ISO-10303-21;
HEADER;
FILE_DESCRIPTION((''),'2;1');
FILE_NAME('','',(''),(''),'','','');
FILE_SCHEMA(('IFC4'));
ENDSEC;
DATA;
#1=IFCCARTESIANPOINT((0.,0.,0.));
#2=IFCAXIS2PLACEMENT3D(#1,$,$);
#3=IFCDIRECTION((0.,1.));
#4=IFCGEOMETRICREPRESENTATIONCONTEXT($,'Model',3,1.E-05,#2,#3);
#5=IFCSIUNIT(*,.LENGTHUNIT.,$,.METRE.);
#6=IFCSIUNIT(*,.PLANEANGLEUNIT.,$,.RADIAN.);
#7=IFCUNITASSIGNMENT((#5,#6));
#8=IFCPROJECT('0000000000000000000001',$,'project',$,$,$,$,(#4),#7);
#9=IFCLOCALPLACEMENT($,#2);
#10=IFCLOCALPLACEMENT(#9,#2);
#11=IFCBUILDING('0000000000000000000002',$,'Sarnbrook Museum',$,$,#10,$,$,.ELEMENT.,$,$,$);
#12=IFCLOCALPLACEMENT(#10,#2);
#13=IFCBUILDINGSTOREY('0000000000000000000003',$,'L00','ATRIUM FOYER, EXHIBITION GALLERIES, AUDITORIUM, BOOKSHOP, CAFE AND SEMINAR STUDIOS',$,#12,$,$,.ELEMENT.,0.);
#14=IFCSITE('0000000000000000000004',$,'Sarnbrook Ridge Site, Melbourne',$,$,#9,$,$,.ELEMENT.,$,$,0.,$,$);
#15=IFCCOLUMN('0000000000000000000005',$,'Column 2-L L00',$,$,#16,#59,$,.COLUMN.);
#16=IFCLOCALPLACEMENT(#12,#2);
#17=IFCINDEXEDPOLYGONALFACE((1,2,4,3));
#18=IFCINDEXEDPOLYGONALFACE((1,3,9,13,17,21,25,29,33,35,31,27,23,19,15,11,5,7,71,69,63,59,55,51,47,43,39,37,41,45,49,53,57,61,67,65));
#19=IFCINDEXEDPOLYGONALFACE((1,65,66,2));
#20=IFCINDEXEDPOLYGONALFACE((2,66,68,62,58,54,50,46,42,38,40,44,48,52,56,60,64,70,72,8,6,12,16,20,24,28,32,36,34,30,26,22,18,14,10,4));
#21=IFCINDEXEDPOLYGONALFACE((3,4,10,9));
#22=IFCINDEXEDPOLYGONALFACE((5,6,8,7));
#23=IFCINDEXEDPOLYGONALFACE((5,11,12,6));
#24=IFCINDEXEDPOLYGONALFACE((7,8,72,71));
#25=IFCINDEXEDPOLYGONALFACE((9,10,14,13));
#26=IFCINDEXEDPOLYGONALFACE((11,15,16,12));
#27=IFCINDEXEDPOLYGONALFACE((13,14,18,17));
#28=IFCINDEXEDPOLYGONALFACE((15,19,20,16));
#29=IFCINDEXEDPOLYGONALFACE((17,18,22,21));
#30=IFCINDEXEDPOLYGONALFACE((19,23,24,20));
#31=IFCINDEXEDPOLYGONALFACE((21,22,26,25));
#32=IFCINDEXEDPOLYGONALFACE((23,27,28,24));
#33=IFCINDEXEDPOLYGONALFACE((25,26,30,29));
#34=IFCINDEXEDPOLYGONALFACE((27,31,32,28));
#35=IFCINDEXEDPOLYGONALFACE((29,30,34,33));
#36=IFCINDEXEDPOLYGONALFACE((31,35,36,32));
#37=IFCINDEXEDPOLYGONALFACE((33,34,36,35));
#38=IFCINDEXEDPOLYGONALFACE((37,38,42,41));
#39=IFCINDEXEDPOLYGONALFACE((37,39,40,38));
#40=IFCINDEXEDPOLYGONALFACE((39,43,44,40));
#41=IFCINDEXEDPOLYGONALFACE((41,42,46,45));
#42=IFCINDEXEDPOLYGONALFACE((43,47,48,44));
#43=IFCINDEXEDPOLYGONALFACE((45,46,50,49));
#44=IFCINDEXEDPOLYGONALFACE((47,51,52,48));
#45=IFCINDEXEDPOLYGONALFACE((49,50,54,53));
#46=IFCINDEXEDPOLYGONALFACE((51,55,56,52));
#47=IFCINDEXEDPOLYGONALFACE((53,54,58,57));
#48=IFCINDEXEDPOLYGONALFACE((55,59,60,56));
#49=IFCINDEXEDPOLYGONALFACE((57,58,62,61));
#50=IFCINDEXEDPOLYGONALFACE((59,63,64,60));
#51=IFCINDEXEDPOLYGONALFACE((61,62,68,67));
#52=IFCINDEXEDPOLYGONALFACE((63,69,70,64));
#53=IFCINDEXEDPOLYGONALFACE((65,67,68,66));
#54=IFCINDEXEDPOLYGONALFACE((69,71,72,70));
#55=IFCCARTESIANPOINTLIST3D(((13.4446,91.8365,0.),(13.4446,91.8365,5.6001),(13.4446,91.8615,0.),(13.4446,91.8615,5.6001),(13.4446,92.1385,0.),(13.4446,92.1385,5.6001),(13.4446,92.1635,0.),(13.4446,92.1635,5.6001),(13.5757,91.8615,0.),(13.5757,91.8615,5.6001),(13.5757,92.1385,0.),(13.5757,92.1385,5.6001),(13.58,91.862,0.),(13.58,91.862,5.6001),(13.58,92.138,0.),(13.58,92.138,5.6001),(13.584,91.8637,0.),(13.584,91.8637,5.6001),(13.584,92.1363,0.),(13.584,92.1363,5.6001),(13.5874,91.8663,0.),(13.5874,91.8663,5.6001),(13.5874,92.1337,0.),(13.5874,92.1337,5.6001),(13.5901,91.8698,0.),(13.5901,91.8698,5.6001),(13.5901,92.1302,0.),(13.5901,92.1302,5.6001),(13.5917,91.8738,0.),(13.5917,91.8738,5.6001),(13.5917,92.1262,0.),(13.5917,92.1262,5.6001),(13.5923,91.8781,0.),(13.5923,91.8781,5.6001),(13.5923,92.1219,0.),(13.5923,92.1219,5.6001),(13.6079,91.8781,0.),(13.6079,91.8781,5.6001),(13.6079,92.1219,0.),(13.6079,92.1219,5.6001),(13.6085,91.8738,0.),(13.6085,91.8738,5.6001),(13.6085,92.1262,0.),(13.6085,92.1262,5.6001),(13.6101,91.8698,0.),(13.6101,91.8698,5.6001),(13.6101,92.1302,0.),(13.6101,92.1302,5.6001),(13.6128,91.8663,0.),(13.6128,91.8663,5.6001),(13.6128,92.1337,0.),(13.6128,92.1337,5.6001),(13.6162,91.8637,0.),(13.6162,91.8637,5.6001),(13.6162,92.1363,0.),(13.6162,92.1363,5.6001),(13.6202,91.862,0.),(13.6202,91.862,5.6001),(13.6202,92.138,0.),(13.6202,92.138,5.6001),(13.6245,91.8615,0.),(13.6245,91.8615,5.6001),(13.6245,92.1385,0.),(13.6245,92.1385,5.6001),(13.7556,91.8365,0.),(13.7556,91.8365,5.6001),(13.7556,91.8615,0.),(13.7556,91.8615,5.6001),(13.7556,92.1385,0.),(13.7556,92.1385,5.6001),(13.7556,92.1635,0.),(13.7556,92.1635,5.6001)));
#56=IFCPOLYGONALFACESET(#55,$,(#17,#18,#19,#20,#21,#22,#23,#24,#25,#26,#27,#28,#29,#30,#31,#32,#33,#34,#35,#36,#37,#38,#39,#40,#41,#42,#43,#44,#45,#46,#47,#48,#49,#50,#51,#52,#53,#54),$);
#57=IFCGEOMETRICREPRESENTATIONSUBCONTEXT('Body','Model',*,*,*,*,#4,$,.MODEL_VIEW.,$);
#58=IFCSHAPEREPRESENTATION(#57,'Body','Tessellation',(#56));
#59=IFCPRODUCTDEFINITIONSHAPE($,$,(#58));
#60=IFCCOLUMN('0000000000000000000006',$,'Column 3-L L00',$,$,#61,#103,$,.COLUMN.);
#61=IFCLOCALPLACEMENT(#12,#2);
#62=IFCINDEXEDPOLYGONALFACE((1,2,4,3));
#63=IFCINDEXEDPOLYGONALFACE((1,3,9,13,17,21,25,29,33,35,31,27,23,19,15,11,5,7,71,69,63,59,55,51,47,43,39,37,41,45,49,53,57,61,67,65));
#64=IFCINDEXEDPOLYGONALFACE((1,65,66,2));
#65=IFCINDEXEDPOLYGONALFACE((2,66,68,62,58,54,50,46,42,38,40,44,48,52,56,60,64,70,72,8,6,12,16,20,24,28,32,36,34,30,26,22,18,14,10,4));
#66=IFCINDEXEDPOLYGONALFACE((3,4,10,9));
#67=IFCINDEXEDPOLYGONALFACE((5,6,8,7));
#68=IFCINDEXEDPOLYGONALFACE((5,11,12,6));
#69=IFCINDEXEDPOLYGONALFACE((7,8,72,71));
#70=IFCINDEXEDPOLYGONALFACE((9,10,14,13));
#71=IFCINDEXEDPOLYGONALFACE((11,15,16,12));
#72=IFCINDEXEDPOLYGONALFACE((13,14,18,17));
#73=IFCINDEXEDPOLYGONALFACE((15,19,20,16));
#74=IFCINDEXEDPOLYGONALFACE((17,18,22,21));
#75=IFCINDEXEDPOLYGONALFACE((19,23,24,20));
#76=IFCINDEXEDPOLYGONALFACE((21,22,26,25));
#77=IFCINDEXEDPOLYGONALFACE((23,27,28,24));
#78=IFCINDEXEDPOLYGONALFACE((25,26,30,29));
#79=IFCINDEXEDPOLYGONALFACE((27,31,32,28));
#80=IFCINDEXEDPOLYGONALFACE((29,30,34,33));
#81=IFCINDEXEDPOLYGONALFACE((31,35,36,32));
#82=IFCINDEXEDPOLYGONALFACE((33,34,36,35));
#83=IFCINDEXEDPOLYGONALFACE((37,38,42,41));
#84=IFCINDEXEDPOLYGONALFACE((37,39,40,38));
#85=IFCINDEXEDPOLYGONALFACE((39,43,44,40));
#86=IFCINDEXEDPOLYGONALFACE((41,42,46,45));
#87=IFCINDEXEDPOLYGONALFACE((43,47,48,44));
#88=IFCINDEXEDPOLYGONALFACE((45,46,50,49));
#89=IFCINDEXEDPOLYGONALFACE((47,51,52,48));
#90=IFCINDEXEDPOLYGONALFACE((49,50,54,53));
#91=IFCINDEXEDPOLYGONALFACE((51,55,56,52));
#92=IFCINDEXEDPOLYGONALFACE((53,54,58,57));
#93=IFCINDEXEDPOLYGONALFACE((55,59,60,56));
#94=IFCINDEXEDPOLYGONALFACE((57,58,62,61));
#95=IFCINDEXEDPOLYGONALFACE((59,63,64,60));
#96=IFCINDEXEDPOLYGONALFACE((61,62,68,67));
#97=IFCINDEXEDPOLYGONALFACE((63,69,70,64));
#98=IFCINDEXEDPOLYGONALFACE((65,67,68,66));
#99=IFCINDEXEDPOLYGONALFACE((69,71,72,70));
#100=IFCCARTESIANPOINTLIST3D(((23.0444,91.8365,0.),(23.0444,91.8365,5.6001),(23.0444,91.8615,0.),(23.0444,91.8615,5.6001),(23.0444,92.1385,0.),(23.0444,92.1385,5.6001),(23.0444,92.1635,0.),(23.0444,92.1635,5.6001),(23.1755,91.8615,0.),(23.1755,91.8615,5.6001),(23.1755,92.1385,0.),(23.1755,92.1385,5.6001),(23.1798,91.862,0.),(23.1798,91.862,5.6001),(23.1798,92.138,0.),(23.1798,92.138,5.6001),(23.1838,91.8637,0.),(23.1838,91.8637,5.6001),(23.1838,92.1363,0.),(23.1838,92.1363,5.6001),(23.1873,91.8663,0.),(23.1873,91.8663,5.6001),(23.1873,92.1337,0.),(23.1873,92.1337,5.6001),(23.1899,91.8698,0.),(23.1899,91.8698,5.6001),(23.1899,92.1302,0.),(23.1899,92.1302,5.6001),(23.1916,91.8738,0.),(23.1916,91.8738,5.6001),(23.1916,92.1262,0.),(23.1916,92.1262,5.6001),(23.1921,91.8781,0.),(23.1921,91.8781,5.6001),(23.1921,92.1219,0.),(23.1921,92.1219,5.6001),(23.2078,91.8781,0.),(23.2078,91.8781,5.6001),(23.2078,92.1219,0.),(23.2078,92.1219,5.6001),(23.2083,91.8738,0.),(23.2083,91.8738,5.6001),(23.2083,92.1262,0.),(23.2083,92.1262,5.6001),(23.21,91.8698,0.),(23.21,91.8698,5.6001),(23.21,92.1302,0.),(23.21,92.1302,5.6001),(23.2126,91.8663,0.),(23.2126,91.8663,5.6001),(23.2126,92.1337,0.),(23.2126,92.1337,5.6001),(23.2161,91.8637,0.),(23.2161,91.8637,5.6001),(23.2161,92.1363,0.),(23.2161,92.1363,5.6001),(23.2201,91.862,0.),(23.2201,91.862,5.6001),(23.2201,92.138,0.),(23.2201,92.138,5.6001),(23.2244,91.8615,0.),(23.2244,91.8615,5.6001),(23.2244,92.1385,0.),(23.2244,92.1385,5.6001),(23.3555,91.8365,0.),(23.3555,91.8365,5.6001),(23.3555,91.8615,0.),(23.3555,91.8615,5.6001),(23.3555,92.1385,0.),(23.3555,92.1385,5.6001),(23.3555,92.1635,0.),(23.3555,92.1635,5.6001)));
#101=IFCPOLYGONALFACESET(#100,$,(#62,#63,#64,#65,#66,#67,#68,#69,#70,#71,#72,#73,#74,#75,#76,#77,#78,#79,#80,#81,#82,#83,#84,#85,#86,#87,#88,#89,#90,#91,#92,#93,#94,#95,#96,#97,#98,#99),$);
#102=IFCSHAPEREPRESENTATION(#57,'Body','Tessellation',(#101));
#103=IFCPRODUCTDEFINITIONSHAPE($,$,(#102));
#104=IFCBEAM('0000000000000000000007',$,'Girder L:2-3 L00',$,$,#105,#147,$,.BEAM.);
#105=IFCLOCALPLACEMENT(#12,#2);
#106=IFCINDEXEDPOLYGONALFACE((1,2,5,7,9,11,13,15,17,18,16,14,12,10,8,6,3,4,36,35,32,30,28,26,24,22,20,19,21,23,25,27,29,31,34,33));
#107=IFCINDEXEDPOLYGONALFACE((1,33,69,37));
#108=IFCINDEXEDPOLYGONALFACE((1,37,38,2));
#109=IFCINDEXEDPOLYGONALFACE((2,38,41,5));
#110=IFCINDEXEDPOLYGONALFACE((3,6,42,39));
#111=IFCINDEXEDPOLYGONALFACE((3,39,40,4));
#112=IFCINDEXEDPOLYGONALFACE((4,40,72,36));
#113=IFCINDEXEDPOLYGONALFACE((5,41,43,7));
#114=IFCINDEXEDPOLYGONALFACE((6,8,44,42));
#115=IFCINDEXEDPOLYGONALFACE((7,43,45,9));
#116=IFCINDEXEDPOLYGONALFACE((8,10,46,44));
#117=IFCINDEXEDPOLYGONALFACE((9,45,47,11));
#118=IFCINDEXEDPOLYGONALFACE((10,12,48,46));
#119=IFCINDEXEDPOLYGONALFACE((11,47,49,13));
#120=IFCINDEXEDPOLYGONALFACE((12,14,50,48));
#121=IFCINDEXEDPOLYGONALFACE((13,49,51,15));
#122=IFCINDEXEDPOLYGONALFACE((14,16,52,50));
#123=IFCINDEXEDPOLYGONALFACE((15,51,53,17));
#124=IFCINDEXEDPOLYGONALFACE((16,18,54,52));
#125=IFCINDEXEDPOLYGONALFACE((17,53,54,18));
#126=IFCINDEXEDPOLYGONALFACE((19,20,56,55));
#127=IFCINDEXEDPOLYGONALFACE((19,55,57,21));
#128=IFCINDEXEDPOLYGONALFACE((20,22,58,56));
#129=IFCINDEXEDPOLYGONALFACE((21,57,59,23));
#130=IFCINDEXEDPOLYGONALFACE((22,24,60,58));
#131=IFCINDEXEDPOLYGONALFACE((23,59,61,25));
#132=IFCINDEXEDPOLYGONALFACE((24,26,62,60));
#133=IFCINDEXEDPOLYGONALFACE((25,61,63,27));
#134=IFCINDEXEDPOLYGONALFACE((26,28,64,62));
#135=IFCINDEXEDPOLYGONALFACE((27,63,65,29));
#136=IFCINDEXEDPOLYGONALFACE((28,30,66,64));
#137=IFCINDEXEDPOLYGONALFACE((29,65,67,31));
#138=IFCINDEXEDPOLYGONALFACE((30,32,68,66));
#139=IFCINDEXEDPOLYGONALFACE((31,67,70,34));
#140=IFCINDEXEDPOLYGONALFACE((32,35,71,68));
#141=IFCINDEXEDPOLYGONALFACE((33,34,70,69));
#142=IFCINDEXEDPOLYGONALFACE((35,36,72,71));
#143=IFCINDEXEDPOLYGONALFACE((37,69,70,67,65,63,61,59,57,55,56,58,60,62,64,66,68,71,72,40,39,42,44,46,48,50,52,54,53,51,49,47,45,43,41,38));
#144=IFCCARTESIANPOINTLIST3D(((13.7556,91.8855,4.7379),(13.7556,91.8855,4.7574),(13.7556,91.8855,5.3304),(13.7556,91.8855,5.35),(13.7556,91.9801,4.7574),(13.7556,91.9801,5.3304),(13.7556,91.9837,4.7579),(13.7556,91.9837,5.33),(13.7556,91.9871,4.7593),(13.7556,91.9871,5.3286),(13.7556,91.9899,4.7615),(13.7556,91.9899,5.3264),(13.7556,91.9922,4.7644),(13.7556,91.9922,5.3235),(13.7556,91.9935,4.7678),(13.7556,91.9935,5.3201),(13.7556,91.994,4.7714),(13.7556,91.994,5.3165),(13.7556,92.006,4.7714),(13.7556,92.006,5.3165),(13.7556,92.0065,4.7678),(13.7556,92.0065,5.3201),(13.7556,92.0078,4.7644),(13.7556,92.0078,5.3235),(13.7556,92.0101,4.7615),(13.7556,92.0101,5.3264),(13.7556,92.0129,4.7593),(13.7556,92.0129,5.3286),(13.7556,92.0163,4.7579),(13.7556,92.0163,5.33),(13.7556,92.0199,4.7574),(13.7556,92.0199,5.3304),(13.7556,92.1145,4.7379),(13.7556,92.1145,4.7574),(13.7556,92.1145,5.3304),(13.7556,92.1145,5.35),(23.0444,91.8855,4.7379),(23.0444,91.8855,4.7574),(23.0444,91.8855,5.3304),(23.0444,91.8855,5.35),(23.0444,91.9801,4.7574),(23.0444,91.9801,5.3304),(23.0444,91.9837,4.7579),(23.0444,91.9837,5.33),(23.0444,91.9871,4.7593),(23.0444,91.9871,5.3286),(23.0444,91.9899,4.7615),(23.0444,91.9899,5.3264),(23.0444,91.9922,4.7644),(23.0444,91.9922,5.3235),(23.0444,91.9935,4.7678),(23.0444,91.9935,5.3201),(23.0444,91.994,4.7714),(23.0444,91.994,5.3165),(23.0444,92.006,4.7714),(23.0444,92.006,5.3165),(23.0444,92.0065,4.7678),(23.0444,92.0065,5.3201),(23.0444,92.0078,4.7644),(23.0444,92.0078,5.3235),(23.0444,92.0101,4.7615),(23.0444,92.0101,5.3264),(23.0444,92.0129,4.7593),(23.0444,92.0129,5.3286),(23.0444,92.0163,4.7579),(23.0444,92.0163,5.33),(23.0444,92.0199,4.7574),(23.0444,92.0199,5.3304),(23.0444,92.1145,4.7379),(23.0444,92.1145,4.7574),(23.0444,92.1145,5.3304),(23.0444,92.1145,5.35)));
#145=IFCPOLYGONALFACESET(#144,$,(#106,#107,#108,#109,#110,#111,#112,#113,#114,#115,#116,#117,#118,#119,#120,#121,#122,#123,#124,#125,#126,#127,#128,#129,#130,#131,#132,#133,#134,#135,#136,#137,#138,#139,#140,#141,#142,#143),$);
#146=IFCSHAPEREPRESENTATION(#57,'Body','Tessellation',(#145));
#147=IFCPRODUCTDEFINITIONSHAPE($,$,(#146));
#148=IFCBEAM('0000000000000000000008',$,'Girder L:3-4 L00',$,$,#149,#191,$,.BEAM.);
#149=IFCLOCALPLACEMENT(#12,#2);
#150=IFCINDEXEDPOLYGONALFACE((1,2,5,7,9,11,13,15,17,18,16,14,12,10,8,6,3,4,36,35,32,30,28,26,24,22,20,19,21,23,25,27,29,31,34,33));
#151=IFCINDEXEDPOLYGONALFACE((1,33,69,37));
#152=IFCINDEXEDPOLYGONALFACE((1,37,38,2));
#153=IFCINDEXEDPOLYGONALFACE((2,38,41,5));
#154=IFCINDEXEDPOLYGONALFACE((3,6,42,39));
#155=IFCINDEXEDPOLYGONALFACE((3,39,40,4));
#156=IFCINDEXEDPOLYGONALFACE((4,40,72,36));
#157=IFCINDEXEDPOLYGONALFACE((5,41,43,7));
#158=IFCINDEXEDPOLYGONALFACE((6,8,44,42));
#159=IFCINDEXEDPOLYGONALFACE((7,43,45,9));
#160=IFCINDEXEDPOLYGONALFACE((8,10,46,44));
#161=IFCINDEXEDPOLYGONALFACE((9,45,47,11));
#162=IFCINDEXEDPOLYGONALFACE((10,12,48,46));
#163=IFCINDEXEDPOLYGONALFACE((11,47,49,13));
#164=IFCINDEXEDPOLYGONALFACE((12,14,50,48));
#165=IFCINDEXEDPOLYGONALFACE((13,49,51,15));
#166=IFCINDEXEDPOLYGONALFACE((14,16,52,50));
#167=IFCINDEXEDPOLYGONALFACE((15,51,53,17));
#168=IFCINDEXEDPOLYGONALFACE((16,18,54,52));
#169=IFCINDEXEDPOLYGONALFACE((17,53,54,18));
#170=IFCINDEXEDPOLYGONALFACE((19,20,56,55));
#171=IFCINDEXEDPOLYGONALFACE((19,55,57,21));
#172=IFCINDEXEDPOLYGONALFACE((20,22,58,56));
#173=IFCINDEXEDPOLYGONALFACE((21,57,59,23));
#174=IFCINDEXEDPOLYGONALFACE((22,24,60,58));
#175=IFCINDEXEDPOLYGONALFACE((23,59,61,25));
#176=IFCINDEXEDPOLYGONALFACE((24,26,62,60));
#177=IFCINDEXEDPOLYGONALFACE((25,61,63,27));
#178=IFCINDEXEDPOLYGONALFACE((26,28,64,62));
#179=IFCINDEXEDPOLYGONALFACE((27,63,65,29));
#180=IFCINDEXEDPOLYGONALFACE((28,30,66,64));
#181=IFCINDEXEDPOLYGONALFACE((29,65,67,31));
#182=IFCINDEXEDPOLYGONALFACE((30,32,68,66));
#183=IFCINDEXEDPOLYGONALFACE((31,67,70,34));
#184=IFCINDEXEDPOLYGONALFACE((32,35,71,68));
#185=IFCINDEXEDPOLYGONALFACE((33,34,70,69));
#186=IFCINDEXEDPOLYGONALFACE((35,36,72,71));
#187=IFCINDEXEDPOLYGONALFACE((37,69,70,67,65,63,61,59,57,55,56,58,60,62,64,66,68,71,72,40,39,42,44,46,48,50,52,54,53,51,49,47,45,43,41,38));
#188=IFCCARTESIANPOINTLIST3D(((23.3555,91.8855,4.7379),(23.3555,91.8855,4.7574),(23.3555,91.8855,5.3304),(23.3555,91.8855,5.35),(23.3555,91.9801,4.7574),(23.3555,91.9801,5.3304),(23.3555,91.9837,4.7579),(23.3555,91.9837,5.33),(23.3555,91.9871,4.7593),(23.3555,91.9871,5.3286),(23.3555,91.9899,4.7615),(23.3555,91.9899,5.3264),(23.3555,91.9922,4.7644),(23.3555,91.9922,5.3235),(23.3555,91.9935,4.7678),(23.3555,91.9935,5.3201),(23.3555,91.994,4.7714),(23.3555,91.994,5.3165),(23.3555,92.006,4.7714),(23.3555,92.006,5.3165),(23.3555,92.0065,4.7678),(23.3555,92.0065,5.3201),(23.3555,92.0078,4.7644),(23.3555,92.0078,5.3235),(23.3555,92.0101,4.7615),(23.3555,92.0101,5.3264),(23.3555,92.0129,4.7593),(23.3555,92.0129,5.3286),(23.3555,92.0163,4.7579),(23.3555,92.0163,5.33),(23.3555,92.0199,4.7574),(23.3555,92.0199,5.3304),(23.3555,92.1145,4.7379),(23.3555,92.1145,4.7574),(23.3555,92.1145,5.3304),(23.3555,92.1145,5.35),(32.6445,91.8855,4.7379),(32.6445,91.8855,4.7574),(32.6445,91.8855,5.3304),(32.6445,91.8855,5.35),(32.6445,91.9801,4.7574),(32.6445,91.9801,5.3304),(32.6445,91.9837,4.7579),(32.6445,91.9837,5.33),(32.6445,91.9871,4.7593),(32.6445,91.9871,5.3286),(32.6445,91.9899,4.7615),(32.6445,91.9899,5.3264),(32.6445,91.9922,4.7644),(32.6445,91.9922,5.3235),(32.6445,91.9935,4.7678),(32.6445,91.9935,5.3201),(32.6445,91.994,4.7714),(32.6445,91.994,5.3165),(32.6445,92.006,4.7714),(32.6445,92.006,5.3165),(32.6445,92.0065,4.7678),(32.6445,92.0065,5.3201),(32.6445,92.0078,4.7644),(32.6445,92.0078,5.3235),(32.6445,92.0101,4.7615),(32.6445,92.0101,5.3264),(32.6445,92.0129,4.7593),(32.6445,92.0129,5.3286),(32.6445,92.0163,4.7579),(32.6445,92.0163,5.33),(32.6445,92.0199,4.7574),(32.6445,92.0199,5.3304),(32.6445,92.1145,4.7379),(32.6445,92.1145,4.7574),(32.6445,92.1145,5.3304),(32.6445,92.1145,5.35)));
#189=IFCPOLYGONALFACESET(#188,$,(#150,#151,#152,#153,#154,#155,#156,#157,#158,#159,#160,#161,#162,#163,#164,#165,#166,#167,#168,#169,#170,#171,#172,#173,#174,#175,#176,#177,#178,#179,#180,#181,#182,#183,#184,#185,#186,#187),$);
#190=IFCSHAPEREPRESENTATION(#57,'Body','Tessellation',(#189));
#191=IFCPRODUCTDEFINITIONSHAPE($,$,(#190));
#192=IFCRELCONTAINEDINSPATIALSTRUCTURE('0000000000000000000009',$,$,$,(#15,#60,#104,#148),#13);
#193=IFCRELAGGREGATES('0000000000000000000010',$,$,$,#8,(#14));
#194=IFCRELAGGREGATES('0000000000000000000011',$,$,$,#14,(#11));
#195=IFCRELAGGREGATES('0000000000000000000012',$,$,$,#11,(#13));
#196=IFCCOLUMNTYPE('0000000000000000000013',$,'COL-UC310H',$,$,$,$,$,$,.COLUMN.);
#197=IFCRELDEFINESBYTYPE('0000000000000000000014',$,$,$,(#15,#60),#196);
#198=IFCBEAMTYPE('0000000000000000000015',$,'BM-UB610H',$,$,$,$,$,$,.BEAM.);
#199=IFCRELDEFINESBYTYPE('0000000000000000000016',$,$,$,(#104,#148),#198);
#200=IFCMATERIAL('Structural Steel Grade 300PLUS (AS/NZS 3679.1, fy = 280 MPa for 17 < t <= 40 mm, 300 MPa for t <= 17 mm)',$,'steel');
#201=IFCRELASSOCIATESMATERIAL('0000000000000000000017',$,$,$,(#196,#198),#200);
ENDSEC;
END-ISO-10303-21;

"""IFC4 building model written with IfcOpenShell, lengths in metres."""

from ifc_helpers import new_model, si_unit, direction, frame, origin, origin_2d, place, context, subcontext, project, spatial, i_section, extrude, material, material_profile, profile_set, type_object, element, save


model = new_model("IFC4")

# Units and contexts
model_context = context("Model", 3, precision=1e-05, world=origin(), true_north=direction((0.0, 1.0)))
body_context = subcontext(model_context, "Body", "Model", "MODEL_VIEW")
ifc_project = project(units=[si_unit("LENGTHUNIT", "METRE"), si_unit("PLANEANGLEUNIT", "RADIAN")], contexts=[model_context])

# Site, building, storey
site_placement = place(None, origin())
site = spatial("IfcSite", under=ifc_project, at=site_placement, Name="Sarnbrook Ridge Site, Melbourne", CompositionType="ELEMENT", RefElevation=0.0)
building_placement = place(site_placement, origin())
building = spatial("IfcBuilding", under=site, at=building_placement, Name="Sarnbrook Museum", CompositionType="ELEMENT")
storey_placement = place(building_placement, origin())
storey = spatial("IfcBuildingStorey", under=building, at=storey_placement, Name="L00", Description="ATRIUM FOYER, EXHIBITION GALLERIES, AUDITORIUM, BOOKSHOP, CAFE AND SEMINAR STUDIOS", CompositionType="ELEMENT", Elevation=0.0)

# Columns
ifc_material_1 = material(Name="Structural Steel Grade 300PLUS (AS/NZS 3679.1, fy = 280 MPa for 17 < t <= 40 mm, 300 MPa for t <= 17 mm)", Category="steel")
ifc_material_profile_1 = material_profile(ifc_material_1, i_section(OverallWidth=0.311, OverallDepth=0.3269, WebThickness=0.0156, FlangeThickness=0.0249, FilletRadius=0.0166, at=origin_2d()), Name="310UC158")
ifc_profile_set_1 = profile_set([ifc_material_profile_1], Name="Structural Steel Grade 300PLUS (AS/NZS 3679.1, fy = 280 MPa for 17 < t <= 40 mm, 300 MPa for t <= 17 mm)")
column_type = type_object("IfcColumnType", Name="COL-UC310H", PredefinedType="COLUMN", material=ifc_profile_set_1)
for number, where, z_axis, x_axis, name in (
    (1, (13.6001, 92.0, 0.0), (0.0, 0.0, 1.0), (1.0, 0.0, 0.0), "Column 2-L L00"),
    (2, (23.2, 92.0, 0.0), (0.0, 0.0, 1.0), (1.0, 0.0, 0.0), "Column 3-L L00"),
):
    element("IfcColumn", number, at=place(storey_placement, frame(where, z_axis=z_axis, x_axis=x_axis)), inside=storey, type_object=column_type, Name=name, PredefinedType="COLUMN", context=body_context, shape_type="SweptSolid", body=[
        extrude(i_section(OverallWidth=0.311, OverallDepth=0.3269, WebThickness=0.0156, FlangeThickness=0.0249, FilletRadius=0.0166, at=origin_2d()), origin(), (0.0, 0.0, 1.0), 5.6001),
    ])

# Beams
ifc_material_profile_2 = material_profile(ifc_material_1, i_section(OverallWidth=0.229, OverallDepth=0.6121, WebThickness=0.012, FlangeThickness=0.0195, FilletRadius=0.0139, at=origin_2d()), Name="610UB125")
ifc_profile_set_2 = profile_set([ifc_material_profile_2], Name="Structural Steel Grade 300PLUS (AS/NZS 3679.1, fy = 280 MPa for 17 < t <= 40 mm, 300 MPa for t <= 17 mm)")
beam_type = type_object("IfcBeamType", Name="BM-UB610H", PredefinedType="BEAM", material=ifc_profile_set_2)
beam_1_placement = place(storey_placement, frame((13.7556, 92.0, 5.0439), z_axis=(1.0, 0.0, 0.0), x_axis=(0.0, 1.0, 0.0)))
element("IfcBeam", 3, at=beam_1_placement, inside=storey, type_object=beam_type, Name="Girder L:2-3 L00", PredefinedType="BEAM", context=body_context, shape_type="SweptSolid", body=[
    extrude(i_section(OverallWidth=0.229, OverallDepth=0.6121, WebThickness=0.012, FlangeThickness=0.0195, FilletRadius=0.0139, at=origin_2d()), origin(), (0.0, 0.0, 1.0), 9.2888),
])
beam_2_placement = place(storey_placement, frame((23.3555, 92.0, 5.0439), z_axis=(1.0, 0.0, 0.0), x_axis=(0.0, 1.0, 0.0)))
element("IfcBeam", 4, at=beam_2_placement, inside=storey, type_object=beam_type, Name="Girder L:3-4 L00", PredefinedType="BEAM", context=body_context, shape_type="SweptSolid", body=[
    extrude(i_section(OverallWidth=0.229, OverallDepth=0.6121, WebThickness=0.012, FlangeThickness=0.0195, FilletRadius=0.0139, at=origin_2d()), origin(), (0.0, 0.0, 1.0), 9.2891),
])

save(model, "model.ifc")
